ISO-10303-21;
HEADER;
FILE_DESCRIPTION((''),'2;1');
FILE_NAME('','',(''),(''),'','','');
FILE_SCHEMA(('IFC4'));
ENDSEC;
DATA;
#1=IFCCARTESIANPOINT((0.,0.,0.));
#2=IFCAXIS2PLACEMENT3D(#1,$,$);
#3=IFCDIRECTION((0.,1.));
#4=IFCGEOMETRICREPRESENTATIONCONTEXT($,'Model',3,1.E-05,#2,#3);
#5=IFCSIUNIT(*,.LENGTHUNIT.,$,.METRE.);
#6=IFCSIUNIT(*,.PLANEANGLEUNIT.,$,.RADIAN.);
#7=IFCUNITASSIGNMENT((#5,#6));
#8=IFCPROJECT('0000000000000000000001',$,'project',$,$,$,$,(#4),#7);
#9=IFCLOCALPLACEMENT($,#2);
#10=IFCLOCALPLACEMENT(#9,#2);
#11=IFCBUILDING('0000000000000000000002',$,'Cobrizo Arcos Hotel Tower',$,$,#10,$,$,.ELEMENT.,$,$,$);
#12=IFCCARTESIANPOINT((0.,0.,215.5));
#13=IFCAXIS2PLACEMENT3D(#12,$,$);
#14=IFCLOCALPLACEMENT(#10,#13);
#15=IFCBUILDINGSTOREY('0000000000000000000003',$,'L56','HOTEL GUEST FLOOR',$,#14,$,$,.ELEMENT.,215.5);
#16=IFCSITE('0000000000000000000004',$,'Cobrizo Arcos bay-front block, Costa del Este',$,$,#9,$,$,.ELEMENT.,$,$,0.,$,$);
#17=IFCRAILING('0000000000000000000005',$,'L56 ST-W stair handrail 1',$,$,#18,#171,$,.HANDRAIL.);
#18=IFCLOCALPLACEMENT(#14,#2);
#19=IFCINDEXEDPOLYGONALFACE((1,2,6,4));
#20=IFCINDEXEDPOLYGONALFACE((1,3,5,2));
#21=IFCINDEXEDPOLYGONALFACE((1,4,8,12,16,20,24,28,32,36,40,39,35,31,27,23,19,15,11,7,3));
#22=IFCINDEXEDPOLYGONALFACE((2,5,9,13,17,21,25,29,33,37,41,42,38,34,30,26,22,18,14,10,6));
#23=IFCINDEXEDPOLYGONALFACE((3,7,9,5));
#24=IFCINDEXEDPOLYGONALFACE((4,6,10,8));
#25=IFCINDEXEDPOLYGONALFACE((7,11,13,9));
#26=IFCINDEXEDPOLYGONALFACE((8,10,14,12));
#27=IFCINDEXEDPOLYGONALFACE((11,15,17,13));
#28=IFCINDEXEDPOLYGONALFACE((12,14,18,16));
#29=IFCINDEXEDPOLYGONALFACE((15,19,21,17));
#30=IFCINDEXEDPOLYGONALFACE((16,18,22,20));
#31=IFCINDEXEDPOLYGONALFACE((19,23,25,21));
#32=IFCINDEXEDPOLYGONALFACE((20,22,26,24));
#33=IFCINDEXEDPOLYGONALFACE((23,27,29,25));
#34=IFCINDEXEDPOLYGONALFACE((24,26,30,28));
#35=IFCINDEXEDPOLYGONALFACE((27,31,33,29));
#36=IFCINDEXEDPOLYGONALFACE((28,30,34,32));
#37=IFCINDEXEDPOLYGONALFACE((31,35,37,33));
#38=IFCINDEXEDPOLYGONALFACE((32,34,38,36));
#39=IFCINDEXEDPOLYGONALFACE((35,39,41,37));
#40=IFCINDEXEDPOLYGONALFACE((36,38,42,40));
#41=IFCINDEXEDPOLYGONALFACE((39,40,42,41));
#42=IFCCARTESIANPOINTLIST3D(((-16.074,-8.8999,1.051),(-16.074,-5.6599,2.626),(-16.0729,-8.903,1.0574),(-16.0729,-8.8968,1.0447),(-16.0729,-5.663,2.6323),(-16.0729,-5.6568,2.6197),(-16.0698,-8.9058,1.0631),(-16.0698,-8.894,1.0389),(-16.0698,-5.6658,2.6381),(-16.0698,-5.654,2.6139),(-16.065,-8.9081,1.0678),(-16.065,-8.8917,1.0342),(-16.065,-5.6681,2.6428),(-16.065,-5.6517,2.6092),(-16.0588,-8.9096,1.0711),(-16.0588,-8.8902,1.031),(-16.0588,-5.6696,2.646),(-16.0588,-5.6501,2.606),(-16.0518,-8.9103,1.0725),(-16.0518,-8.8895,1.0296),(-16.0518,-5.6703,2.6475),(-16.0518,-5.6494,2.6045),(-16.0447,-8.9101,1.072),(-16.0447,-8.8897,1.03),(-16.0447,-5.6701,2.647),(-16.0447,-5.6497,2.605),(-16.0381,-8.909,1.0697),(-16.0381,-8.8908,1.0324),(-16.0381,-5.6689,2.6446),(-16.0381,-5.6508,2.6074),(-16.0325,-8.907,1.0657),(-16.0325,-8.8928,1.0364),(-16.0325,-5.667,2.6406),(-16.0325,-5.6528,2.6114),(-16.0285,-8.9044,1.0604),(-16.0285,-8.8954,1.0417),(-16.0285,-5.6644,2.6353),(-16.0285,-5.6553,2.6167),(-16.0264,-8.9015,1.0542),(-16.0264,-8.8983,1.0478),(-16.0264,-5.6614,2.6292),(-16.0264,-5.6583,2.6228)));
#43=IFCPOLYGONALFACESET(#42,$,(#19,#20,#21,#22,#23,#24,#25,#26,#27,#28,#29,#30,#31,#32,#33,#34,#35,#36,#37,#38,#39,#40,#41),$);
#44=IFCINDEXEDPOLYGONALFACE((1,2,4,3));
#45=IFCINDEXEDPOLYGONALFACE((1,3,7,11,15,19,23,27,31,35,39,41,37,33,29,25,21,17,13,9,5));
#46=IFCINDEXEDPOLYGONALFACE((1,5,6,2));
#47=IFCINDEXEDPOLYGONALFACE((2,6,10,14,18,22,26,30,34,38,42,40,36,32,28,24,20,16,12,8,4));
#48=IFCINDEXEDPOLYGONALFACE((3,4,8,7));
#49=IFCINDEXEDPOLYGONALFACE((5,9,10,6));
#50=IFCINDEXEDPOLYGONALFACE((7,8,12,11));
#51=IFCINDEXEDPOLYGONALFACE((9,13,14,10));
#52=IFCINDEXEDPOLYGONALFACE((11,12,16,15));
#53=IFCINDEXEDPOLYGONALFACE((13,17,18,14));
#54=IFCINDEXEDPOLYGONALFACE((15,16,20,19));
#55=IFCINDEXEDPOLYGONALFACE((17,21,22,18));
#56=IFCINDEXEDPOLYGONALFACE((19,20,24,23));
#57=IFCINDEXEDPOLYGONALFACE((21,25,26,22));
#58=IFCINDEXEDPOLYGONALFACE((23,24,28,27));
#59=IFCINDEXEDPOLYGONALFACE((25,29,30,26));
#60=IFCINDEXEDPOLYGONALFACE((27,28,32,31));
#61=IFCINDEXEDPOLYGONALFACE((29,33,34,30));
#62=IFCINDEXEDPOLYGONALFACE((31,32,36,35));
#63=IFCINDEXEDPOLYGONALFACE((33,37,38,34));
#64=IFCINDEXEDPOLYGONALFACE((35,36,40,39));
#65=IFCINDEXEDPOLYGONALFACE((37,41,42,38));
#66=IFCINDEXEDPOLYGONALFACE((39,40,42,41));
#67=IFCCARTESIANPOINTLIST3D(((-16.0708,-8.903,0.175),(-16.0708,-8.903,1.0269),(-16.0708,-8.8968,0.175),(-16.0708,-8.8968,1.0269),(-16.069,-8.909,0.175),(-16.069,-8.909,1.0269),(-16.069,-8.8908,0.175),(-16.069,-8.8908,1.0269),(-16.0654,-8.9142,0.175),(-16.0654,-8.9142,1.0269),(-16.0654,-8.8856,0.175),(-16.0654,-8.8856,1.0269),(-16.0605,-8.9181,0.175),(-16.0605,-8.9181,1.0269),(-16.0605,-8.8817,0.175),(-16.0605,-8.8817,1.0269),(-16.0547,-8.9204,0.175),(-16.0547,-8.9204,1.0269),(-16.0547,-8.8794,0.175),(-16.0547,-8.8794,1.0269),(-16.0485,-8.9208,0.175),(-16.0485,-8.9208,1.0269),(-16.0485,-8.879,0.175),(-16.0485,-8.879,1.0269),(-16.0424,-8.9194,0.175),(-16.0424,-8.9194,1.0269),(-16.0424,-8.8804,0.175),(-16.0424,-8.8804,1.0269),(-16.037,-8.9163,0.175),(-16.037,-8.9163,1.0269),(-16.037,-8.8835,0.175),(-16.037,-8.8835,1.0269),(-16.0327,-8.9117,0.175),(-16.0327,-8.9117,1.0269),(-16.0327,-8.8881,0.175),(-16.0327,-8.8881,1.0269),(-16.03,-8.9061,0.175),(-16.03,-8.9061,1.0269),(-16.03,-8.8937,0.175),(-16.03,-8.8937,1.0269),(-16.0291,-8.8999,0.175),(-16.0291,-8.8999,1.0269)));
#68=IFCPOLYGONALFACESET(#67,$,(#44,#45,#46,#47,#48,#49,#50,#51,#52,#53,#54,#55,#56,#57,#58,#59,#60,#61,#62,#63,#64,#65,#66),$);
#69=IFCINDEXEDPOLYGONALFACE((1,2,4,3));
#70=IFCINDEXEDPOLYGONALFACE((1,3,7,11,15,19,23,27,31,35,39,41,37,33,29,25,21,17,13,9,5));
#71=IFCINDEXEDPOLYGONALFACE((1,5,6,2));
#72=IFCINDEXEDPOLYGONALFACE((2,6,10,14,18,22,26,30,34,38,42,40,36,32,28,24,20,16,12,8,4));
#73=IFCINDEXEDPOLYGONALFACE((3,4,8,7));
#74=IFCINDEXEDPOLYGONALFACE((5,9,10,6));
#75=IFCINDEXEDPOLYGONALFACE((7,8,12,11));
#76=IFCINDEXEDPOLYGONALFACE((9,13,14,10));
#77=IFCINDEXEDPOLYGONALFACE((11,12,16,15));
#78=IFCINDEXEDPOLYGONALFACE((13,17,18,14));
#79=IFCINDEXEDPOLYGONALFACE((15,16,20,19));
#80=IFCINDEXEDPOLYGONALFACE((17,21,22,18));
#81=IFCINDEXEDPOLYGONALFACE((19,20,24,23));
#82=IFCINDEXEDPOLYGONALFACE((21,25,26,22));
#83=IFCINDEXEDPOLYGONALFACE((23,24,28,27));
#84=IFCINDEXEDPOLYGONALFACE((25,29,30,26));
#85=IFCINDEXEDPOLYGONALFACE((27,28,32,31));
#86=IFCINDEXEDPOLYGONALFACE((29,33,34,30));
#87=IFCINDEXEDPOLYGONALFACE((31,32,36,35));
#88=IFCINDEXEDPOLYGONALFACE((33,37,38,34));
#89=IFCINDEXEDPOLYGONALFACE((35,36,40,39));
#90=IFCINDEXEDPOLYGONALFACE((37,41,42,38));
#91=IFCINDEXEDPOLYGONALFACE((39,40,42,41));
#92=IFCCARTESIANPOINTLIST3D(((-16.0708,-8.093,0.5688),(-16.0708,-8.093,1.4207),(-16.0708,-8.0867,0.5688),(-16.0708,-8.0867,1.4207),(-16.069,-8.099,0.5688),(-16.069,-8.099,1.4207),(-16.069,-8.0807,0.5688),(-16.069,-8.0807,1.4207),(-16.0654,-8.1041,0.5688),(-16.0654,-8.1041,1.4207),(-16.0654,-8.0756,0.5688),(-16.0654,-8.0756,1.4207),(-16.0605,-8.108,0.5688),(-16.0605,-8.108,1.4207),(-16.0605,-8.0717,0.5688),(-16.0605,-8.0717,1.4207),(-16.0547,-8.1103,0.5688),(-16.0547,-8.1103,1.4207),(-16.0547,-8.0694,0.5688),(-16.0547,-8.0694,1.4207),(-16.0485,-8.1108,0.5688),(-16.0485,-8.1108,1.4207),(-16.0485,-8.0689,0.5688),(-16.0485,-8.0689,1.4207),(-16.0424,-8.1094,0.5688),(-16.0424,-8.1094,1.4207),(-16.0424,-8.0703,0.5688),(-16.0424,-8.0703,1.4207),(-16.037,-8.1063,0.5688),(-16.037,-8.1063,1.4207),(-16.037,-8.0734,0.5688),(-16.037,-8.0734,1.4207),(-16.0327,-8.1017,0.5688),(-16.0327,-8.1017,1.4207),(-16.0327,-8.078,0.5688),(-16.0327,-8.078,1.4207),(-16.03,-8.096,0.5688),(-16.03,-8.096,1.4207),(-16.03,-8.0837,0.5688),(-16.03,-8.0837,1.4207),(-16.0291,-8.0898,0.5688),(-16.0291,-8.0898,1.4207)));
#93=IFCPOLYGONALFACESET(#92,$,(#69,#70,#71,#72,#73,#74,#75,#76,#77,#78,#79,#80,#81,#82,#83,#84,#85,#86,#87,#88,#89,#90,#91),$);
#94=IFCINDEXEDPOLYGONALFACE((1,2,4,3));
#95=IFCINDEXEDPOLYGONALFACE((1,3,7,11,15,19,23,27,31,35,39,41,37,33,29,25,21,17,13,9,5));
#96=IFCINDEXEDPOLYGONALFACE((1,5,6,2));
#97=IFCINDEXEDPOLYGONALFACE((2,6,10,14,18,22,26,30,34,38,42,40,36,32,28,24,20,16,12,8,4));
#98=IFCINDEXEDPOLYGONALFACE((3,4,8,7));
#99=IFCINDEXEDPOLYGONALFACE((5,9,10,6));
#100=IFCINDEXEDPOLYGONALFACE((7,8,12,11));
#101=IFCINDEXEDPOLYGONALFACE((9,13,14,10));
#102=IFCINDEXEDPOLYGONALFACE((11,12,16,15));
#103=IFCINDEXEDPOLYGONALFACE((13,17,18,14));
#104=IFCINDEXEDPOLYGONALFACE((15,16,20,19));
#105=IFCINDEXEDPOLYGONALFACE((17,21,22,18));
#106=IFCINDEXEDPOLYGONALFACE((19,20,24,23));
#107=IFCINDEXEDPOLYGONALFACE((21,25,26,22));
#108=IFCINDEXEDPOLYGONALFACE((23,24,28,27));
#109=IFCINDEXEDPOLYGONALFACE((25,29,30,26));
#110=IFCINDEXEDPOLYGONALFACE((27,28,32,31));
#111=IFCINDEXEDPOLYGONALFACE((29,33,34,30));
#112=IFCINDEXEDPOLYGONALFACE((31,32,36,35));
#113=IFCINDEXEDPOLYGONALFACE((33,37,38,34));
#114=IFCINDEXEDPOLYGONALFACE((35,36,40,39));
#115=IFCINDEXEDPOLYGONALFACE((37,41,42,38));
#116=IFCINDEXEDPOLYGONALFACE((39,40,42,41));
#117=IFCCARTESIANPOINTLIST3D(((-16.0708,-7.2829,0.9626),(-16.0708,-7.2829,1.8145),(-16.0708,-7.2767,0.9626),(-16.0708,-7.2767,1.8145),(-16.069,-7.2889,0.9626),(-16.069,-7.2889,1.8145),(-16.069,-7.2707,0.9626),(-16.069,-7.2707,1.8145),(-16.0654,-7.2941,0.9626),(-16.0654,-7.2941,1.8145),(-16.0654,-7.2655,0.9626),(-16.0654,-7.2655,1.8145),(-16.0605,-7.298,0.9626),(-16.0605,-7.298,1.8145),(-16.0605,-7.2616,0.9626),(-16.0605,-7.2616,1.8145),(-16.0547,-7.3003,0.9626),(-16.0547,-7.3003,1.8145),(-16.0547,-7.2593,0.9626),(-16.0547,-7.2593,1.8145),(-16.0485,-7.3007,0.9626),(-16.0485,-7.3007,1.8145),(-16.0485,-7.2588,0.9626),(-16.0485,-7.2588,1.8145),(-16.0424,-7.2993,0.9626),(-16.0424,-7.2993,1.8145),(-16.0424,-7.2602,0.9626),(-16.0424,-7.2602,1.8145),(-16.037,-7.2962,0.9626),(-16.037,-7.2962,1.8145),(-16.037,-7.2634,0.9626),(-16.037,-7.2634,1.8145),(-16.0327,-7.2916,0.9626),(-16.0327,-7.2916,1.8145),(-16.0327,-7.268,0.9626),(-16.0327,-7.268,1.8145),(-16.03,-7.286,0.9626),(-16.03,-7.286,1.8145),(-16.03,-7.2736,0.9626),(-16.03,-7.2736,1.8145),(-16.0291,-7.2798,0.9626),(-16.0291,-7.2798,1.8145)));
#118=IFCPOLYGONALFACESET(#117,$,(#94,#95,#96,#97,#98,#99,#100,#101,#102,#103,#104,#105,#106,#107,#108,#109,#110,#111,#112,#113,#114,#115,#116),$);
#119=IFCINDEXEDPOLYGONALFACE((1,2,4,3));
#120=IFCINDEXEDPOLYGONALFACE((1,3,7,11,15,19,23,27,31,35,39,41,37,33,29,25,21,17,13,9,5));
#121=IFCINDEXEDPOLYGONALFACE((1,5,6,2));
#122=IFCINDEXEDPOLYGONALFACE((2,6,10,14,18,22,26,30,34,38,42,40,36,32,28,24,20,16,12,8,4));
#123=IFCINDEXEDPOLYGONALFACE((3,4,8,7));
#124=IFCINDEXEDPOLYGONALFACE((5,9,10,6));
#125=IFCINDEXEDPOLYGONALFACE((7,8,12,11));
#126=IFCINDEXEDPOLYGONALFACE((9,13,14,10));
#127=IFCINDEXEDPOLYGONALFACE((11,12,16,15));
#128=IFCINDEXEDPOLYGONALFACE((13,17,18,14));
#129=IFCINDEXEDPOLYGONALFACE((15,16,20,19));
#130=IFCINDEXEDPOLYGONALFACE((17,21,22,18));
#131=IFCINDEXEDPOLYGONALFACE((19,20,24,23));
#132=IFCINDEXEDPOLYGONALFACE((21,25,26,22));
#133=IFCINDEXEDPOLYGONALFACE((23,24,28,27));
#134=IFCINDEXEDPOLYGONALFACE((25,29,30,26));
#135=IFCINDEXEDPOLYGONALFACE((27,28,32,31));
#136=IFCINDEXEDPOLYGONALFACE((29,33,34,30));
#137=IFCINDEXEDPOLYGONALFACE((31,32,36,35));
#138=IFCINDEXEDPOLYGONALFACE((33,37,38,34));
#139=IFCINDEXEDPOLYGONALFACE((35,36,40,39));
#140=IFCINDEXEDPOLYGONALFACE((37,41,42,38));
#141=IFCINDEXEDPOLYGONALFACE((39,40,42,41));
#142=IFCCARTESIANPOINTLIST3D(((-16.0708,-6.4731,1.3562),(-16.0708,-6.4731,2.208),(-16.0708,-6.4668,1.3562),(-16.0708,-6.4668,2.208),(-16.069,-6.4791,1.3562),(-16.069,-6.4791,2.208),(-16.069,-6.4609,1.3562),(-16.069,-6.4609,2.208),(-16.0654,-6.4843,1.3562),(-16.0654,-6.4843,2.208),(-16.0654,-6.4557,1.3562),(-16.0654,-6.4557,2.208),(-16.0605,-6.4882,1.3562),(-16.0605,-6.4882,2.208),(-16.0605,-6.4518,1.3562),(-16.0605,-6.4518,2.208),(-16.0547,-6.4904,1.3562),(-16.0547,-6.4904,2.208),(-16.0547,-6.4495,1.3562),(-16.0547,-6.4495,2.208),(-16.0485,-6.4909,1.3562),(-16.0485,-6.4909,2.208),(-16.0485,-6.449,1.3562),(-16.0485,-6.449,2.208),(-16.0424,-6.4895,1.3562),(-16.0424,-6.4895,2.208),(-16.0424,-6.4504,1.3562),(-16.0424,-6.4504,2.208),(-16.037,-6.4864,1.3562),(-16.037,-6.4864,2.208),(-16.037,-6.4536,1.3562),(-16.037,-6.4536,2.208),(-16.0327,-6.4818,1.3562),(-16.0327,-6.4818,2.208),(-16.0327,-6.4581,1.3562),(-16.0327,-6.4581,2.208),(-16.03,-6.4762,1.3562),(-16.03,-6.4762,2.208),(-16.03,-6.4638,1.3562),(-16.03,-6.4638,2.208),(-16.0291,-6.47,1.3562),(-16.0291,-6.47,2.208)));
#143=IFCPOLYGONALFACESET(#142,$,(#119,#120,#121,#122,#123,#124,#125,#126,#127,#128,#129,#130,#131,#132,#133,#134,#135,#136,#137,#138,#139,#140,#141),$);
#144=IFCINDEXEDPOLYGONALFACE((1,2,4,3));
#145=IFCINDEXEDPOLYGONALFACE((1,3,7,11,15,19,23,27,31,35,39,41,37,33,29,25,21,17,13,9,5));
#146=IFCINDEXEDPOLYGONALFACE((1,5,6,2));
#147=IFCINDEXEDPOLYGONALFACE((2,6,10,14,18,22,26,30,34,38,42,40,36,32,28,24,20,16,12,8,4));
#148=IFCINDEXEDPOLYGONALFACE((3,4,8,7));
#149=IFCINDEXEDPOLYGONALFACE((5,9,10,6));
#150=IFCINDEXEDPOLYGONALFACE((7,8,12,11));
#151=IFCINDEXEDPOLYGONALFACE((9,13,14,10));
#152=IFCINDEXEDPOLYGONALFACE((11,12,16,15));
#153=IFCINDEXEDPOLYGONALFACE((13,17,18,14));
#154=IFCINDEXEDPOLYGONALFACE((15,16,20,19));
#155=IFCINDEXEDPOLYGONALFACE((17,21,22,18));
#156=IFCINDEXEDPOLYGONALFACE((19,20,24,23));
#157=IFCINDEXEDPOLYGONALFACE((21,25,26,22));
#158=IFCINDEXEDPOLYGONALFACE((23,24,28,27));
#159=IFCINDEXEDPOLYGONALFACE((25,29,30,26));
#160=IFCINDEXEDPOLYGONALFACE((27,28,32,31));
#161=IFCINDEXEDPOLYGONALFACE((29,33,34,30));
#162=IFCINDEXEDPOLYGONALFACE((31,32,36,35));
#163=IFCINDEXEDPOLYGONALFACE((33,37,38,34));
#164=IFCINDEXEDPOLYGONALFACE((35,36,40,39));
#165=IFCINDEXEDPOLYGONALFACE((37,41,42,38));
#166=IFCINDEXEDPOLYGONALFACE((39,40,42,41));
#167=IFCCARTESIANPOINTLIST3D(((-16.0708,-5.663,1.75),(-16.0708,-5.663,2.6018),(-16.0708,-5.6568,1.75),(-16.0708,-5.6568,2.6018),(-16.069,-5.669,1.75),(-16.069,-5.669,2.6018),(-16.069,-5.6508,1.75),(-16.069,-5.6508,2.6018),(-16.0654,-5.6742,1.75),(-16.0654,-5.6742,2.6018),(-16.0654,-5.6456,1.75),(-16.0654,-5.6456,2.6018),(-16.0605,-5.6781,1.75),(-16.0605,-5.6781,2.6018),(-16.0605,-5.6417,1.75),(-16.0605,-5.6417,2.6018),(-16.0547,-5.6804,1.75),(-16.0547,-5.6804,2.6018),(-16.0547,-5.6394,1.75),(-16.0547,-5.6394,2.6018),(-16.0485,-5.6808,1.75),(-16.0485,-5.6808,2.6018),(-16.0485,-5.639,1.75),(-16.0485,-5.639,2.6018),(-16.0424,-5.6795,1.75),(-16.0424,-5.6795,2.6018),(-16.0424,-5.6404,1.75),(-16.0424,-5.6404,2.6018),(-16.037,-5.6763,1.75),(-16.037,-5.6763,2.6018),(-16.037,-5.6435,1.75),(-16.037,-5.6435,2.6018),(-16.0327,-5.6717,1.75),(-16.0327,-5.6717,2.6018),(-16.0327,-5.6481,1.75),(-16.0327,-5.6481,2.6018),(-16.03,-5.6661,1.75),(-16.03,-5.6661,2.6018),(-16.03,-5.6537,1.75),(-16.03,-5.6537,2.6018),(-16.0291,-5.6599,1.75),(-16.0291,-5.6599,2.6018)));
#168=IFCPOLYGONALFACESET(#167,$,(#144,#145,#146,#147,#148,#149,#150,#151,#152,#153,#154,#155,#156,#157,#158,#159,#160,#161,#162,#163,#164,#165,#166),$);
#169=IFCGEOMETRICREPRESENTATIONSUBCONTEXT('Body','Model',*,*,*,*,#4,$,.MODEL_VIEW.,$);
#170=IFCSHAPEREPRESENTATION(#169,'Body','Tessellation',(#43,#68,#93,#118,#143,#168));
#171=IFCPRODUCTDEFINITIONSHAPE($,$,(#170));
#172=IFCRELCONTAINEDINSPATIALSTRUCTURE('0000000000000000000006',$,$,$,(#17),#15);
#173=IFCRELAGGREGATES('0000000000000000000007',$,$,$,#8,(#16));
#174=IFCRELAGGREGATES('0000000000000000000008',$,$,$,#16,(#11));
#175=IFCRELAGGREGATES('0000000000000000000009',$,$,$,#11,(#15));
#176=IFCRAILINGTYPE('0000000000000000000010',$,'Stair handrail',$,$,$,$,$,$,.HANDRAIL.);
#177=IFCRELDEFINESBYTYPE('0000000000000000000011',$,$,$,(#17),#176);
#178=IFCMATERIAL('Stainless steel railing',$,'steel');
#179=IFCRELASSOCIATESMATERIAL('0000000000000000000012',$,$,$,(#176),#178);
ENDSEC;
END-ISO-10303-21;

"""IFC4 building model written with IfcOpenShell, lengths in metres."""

from ifc_helpers import new_model, si_unit, direction, frame, origin, origin_2d, place, context, subcontext, project, spatial, circle, extrude, material, type_object, element, save


model = new_model("IFC4")

# Units and contexts
model_context = context("Model", 3, precision=1e-05, world=origin(), true_north=direction((0.0, 1.0)))
body_context = subcontext(model_context, "Body", "Model", "MODEL_VIEW")
ifc_project = project(units=[si_unit("LENGTHUNIT", "METRE"), si_unit("PLANEANGLEUNIT", "RADIAN")], contexts=[model_context])

# Site, building, storey
site_placement = place(None, origin())
site = spatial("IfcSite", under=ifc_project, at=site_placement, Name="Cobrizo Arcos bay-front block, Costa del Este", CompositionType="ELEMENT", RefElevation=0.0)
building_placement = place(site_placement, origin())
building = spatial("IfcBuilding", under=site, at=building_placement, Name="Cobrizo Arcos Hotel Tower", CompositionType="ELEMENT")
storey_placement = place(building_placement, frame((0.0, 0.0, 215.5)))
storey = spatial("IfcBuildingStorey", under=building, at=storey_placement, Name="L56", Description="HOTEL GUEST FLOOR", CompositionType="ELEMENT", Elevation=215.5)

# Railing
ifc_material_1 = material(Name="Stainless steel railing", Category="steel")
railing_type_1 = type_object("IfcRailingType", Name="Stair handrail", PredefinedType="HANDRAIL", material=ifc_material_1)
railing_1_placement = place(storey_placement, frame((-16.05, -8.8999, 0.175)))
element("IfcRailing", 1, at=railing_1_placement, inside=storey, type_object=railing_type_1, Name="L56 ST-W stair handrail 1", PredefinedType="HANDRAIL", context=body_context, shape_type="SweptSolid", body=[
    extrude(circle(Radius=0.0239, at=origin_2d()), frame((0.0, 0.0, 0.876), z_axis=(0.0, 0.899373, 0.437183), x_axis=(-1.0, 0.0, 0.0)), (0.0, 0.0, 1.0), 3.6025),
    extrude(circle(Radius=0.021, at=origin_2d()), origin(), (0.0, 0.0, 1.0), 0.8518),
    extrude(circle(Radius=0.021, at=origin_2d()), frame((0.0, 0.8101, 0.3938)), (0.0, 0.0, 1.0), 0.8518),
    extrude(circle(Radius=0.021, at=origin_2d()), frame((0.0, 1.6201, 0.7876)), (0.0, 0.0, 1.0), 0.8518),
    extrude(circle(Radius=0.021, at=origin_2d()), frame((0.0, 2.4299, 1.1812)), (0.0, 0.0, 1.0), 0.8518),
    extrude(circle(Radius=0.021, at=origin_2d()), frame((0.0, 3.24, 1.575)), (0.0, 0.0, 1.0), 0.8518),
])

save(model, "model.ifc")
